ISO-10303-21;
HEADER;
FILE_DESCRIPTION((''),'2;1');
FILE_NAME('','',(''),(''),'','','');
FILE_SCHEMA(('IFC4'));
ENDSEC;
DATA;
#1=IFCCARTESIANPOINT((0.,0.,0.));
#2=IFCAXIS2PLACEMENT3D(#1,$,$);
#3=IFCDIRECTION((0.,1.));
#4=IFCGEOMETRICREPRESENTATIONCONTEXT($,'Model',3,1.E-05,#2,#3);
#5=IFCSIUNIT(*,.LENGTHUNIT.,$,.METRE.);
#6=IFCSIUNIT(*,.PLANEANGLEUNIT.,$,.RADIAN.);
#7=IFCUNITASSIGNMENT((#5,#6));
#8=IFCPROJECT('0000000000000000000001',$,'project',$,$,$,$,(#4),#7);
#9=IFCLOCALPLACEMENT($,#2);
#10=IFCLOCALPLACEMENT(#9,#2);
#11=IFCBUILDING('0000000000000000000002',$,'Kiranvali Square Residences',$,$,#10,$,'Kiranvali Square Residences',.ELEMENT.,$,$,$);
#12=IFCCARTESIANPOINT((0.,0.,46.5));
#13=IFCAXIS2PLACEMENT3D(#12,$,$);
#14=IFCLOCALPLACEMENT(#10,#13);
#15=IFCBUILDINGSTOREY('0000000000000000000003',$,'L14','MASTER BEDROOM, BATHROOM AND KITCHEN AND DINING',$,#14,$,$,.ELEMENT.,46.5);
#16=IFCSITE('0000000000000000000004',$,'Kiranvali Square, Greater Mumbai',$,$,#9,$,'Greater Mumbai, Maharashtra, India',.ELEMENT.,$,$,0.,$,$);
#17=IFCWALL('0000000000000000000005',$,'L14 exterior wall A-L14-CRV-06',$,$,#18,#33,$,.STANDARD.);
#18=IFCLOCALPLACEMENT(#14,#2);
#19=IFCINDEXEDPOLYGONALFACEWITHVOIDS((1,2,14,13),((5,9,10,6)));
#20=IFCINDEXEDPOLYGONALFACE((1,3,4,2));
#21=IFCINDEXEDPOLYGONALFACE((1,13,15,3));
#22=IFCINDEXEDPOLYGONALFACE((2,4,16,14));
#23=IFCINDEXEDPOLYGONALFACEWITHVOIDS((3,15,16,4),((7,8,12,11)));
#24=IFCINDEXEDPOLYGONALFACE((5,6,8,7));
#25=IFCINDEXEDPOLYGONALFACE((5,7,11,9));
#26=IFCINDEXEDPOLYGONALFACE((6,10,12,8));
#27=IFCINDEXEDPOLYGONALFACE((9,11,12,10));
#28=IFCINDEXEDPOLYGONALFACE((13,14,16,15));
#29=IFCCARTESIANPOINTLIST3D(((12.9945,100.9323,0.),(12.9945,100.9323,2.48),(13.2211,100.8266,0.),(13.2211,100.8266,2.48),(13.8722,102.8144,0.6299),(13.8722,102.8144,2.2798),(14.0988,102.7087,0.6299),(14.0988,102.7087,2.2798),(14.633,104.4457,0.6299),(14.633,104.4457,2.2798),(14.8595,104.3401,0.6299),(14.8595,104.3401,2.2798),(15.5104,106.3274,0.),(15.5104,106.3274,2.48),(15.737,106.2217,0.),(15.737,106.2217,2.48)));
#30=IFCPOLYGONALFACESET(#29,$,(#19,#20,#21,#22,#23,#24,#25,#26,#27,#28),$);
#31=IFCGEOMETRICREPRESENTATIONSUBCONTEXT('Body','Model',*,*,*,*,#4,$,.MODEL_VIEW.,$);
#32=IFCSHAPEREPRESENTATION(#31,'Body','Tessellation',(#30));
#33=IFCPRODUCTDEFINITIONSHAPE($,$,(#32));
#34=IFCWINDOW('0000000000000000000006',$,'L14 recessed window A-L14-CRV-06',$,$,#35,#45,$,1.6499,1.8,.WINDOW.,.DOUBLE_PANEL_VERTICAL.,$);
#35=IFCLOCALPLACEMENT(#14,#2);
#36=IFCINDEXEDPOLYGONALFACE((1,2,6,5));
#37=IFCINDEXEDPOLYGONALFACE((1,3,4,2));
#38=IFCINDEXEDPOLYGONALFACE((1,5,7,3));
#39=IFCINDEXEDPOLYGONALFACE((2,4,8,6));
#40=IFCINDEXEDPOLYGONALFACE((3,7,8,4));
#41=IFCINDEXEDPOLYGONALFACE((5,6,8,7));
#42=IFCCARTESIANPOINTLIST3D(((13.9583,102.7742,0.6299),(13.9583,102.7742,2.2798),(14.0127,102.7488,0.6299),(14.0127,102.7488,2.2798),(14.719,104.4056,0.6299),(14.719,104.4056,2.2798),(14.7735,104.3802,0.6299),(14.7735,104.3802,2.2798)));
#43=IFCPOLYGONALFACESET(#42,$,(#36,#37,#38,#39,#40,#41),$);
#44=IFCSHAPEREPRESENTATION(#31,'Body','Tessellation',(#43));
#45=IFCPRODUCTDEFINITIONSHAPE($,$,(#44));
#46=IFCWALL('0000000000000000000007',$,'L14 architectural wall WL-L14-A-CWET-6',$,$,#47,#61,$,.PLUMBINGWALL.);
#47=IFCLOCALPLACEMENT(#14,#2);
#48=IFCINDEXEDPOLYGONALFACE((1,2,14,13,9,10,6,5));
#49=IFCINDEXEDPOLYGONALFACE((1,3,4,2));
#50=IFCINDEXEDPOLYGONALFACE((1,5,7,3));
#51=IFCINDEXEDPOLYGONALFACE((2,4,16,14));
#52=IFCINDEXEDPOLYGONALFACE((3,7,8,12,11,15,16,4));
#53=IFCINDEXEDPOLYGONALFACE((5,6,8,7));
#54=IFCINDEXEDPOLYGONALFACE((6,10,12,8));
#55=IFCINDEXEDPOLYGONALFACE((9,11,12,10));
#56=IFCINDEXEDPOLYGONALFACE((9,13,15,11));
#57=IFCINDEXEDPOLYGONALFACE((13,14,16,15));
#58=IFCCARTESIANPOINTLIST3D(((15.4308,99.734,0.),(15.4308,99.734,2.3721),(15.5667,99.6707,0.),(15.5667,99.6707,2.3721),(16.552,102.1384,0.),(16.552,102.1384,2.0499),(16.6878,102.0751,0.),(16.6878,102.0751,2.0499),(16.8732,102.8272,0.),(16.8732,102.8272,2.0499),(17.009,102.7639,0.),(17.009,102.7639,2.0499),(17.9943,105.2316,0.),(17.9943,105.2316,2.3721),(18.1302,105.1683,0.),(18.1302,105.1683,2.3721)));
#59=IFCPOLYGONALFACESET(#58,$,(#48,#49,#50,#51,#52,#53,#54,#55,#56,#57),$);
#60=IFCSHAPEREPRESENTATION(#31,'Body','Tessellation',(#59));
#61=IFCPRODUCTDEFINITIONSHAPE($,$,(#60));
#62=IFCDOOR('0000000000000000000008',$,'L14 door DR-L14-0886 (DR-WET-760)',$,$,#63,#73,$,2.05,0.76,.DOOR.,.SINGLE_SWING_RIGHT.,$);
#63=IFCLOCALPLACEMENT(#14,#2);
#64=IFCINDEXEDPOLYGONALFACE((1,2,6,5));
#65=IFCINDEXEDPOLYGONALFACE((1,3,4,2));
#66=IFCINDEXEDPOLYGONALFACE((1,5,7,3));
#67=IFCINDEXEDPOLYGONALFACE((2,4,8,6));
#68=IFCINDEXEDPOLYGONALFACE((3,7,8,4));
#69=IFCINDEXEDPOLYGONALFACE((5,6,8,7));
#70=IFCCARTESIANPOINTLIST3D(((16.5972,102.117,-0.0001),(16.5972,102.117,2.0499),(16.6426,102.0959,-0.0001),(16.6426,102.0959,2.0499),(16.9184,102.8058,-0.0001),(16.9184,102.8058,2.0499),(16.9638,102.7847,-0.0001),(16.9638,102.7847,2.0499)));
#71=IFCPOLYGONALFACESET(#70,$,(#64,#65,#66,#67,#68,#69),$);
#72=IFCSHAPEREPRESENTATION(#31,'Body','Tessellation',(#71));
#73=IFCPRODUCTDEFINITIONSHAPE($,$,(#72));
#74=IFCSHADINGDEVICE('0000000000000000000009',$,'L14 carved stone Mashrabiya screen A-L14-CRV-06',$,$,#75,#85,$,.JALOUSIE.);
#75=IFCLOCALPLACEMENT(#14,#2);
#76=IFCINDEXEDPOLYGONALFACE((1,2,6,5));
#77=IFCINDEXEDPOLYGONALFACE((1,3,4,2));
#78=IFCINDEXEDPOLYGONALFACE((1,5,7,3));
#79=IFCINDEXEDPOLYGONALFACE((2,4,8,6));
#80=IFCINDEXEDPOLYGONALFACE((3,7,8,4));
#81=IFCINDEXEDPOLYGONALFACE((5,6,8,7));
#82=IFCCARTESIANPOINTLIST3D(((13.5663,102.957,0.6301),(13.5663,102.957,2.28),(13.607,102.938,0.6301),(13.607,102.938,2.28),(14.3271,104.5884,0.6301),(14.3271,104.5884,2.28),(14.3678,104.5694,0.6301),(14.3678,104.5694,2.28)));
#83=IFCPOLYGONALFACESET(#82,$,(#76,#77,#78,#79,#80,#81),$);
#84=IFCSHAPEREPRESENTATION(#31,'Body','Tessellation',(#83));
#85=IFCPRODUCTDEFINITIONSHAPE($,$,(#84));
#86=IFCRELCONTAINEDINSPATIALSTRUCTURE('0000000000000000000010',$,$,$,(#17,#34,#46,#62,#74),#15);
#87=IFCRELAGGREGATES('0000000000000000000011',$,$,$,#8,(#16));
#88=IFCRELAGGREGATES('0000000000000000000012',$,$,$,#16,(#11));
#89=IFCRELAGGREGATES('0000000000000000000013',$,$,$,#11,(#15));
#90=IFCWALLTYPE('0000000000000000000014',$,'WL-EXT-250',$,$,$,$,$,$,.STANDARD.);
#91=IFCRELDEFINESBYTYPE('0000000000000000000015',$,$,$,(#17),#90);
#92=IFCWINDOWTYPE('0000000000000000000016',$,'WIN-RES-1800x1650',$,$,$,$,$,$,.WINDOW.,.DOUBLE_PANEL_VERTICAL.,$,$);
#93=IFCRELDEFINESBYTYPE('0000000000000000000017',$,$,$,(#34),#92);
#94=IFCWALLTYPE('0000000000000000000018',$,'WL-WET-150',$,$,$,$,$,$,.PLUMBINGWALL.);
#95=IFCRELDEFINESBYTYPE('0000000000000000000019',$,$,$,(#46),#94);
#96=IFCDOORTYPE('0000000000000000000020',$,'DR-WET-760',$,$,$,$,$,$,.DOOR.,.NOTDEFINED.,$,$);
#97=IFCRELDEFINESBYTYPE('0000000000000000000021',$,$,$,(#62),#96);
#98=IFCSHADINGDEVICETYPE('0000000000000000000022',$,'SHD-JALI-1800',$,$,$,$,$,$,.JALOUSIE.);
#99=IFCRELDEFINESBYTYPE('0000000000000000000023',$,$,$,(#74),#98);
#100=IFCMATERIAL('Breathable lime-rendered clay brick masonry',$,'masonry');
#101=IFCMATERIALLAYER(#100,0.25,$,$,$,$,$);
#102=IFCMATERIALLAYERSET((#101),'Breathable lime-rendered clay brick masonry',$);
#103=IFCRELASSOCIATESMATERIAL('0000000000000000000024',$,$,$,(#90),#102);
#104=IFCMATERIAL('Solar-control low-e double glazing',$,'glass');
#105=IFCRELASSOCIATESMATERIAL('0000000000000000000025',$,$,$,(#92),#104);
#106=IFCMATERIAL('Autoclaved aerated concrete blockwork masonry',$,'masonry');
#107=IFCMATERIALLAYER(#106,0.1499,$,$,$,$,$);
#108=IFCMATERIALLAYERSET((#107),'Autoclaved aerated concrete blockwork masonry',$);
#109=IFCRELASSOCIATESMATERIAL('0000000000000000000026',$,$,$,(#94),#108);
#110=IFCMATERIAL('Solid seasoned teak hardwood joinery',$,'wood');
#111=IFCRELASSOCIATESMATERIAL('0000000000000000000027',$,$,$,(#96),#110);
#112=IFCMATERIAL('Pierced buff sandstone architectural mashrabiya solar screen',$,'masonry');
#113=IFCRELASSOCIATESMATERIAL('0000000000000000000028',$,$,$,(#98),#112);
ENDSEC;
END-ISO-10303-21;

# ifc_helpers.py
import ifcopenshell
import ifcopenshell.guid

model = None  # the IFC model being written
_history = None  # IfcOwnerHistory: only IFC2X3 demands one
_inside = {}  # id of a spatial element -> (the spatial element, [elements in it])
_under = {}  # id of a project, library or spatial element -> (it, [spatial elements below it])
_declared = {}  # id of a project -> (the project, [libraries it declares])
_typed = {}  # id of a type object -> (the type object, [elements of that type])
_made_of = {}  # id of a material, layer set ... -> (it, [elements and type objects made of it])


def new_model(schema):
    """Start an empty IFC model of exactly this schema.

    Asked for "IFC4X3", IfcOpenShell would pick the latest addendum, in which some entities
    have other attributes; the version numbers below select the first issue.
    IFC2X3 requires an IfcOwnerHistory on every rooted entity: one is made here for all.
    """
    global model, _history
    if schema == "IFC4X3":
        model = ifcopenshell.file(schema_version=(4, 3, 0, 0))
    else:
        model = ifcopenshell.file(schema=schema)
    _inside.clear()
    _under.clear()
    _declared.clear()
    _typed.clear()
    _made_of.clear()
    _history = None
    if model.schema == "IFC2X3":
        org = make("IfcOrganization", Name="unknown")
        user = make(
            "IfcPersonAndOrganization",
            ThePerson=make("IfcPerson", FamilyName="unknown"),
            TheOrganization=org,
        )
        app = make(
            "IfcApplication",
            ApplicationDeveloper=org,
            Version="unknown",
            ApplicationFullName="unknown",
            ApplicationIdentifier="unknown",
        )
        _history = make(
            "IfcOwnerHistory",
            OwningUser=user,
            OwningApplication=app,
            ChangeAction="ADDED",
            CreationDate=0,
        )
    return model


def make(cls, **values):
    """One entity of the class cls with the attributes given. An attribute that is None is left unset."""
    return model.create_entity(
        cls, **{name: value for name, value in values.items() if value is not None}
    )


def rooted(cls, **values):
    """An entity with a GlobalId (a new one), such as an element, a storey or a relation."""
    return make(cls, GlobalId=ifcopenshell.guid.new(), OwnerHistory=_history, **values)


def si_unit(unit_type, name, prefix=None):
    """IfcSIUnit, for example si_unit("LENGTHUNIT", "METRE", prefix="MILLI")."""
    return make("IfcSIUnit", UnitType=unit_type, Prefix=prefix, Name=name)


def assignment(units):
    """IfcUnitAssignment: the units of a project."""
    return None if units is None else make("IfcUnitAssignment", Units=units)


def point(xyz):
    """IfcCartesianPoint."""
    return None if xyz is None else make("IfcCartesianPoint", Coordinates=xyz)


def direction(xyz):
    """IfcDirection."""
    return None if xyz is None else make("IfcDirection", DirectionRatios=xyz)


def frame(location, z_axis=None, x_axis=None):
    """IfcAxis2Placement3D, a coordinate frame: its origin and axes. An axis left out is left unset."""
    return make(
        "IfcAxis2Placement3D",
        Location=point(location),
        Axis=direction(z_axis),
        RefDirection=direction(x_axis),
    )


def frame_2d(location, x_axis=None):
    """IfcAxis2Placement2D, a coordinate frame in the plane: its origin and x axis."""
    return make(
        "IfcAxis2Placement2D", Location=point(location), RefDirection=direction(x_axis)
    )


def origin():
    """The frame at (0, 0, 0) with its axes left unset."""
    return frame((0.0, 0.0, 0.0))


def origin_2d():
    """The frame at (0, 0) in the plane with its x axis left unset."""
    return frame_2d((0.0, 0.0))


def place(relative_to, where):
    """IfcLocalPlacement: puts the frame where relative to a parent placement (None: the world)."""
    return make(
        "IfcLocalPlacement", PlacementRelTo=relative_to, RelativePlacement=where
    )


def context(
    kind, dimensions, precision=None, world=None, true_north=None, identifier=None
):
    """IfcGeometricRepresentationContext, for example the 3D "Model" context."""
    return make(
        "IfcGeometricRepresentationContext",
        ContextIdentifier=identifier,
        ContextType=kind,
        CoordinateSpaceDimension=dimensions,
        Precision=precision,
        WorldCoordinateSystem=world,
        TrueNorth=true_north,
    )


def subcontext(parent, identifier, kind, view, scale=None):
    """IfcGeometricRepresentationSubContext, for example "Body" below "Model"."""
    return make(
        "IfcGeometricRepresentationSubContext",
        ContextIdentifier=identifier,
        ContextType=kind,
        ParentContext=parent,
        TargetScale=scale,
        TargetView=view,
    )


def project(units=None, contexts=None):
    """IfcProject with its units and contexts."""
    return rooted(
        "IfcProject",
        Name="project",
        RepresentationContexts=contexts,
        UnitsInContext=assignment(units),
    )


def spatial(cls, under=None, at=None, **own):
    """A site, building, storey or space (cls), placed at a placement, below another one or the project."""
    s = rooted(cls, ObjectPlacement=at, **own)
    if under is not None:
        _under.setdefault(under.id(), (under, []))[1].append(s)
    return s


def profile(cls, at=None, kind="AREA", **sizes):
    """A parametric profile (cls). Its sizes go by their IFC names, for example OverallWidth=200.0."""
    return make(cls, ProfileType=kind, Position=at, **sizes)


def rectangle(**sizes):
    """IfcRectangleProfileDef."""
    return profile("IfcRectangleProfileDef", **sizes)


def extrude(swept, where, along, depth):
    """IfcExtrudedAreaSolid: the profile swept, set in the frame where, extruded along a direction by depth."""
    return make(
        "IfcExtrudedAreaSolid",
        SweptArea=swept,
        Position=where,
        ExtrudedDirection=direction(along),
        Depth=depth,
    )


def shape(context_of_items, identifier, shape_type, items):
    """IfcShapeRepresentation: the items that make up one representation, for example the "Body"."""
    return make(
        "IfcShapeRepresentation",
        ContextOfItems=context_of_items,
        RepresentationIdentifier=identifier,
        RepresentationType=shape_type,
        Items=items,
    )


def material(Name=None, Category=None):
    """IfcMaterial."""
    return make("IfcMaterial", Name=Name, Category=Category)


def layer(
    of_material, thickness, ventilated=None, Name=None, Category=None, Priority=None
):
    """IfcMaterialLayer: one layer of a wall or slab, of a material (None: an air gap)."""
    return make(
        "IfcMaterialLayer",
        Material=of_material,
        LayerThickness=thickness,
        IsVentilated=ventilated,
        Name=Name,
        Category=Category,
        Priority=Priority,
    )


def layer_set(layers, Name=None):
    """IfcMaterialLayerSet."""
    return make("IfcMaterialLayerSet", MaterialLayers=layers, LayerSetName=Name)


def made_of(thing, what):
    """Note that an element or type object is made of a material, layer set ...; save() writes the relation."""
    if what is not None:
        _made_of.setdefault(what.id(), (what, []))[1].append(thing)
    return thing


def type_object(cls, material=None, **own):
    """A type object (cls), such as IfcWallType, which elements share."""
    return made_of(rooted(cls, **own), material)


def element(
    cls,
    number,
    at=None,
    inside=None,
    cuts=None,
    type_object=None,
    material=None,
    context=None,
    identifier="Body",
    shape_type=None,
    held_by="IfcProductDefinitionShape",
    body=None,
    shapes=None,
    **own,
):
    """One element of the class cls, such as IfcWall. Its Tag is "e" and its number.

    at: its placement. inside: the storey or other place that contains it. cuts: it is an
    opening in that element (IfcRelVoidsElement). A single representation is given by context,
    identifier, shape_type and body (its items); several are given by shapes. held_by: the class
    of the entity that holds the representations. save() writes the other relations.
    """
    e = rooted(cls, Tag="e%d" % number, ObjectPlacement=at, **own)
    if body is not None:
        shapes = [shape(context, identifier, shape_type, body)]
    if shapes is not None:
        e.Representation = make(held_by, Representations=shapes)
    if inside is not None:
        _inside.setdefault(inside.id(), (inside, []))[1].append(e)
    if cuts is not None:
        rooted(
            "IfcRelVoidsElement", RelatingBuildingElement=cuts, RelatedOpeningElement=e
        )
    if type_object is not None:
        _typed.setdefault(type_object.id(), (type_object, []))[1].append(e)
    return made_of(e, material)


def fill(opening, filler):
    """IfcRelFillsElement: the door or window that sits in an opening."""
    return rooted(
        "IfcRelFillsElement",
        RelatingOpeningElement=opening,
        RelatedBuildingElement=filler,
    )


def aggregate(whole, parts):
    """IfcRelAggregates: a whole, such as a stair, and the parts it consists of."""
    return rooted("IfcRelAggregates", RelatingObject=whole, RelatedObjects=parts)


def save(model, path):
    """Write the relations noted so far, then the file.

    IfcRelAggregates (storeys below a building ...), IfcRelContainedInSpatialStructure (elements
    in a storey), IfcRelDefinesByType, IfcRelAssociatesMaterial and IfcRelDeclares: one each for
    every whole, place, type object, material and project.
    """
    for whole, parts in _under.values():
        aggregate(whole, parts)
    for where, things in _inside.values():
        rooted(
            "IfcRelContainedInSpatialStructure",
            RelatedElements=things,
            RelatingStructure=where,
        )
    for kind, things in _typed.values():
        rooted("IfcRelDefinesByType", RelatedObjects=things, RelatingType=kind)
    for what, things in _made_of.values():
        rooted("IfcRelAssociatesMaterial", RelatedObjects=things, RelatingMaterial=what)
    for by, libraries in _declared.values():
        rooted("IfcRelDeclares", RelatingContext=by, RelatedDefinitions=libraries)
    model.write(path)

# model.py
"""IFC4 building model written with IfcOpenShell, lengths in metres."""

from ifc_helpers import new_model, si_unit, direction, frame, frame_2d, origin, origin_2d, place, context, subcontext, project, spatial, rectangle, extrude, material, layer, layer_set, type_object, element, fill, save


model = new_model("IFC4")

# Units and contexts
model_context = context("Model", 3, precision=1e-05, world=origin(), true_north=direction((0.0, 1.0)))
body_context = subcontext(model_context, "Body", "Model", "MODEL_VIEW")
ifc_project = project(units=[si_unit("LENGTHUNIT", "METRE"), si_unit("PLANEANGLEUNIT", "RADIAN")], contexts=[model_context])

# Site, building, storey
site_placement = place(None, origin())
site = spatial("IfcSite", under=ifc_project, at=site_placement, Name="Kiranvali Square, Greater Mumbai", LongName="Greater Mumbai, Maharashtra, India", CompositionType="ELEMENT", RefElevation=0.0)
building_placement = place(site_placement, origin())
building = spatial("IfcBuilding", under=site, at=building_placement, Name="Kiranvali Square Residences", LongName="Kiranvali Square Residences", CompositionType="ELEMENT")
storey_placement = place(building_placement, frame((0.0, 0.0, 46.5)))
storey = spatial("IfcBuildingStorey", under=building, at=storey_placement, Name="L14", Description="MASTER BEDROOM, BATHROOM AND KITCHEN AND DINING", CompositionType="ELEMENT", Elevation=46.5)

# Shared definitions
ifc_material_1 = material(Name="Solar-control low-e double glazing", Category="glass")

# Wall, opening, window
ifc_material_2 = material(Name="Breathable lime-rendered clay brick masonry", Category="masonry")
ifc_layer_1 = layer(ifc_material_2, 0.25)
ifc_layer_set_1 = layer_set([ifc_layer_1], Name="Breathable lime-rendered clay brick masonry")
wall_type_1 = type_object("IfcWallType", Name="WL-EXT-250", PredefinedType="STANDARD", material=ifc_layer_set_1)
wall_1_placement = place(storey_placement, frame((15.6238, 106.2747, 0.0), z_axis=(0.0, 0.0, 1.0), x_axis=(-0.422636, -0.906299, 0.0)))
wall_1 = element("IfcWall", 1, at=wall_1_placement, inside=storey, type_object=wall_type_1, Name="L14 exterior wall A-L14-CRV-06", PredefinedType="STANDARD", context=body_context, shape_type="SweptSolid", body=[
    extrude(rectangle(XDim=5.9529, YDim=0.25, at=frame_2d((2.9766, 0.0))), origin(), (0.0, 0.0, 1.0), 2.48),
])
opening_1_placement = place(wall_1_placement, frame((2.0764, 0.0, 0.6299)))
opening_1 = element("IfcOpeningElement", 2, at=opening_1_placement, cuts=wall_1, PredefinedType="OPENING", context=body_context, shape_type="SweptSolid", body=[
    extrude(rectangle(XDim=1.8, YDim=1.6499, at=frame_2d((0.8999, 0.825))), frame((0.0, 0.135, 0.0), z_axis=(0.0, -1.0, 0.0), x_axis=(1.0, 0.0, 0.0)), (0.0, 0.0, 1.0), 0.27),
])
window_type = type_object("IfcWindowType", Name="WIN-RES-1800x1650", PartitioningType="DOUBLE_PANEL_VERTICAL", PredefinedType="WINDOW", material=ifc_material_1)
window_placement = place(opening_1_placement, origin())
window = element("IfcWindow", 3, at=window_placement, inside=storey, type_object=window_type, Name="L14 recessed window A-L14-CRV-06", OverallHeight=1.6499, OverallWidth=1.8, PartitioningType="DOUBLE_PANEL_VERTICAL", PredefinedType="WINDOW", context=body_context, shape_type="SweptSolid", body=[
    extrude(rectangle(XDim=1.8, YDim=1.6499, at=frame_2d((0.8999, 0.825))), frame((0.0, 0.03, 0.0), z_axis=(0.0, -1.0, 0.0), x_axis=(1.0, 0.0, 0.0)), (0.0, 0.0, 1.0), 0.0601),
])
fill(opening_1, window)

# Wall, opening, door
ifc_material_3 = material(Name="Autoclaved aerated concrete blockwork masonry", Category="masonry")
ifc_layer_2 = layer(ifc_material_3, 0.1499)
ifc_layer_set_2 = layer_set([ifc_layer_2], Name="Autoclaved aerated concrete blockwork masonry")
wall_type_2 = type_object("IfcWallType", Name="WL-WET-150", PredefinedType="PLUMBINGWALL", material=ifc_layer_set_2)
wall_2_placement = place(storey_placement, frame((18.0623, 105.2, 0.0), z_axis=(0.0, 0.0, 1.0), x_axis=(-0.422608, -0.906313, 0.0)))
wall_2 = element("IfcWall", 4, at=wall_2_placement, inside=storey, type_object=wall_type_2, Name="L14 architectural wall WL-L14-A-CWET-6", PredefinedType="PLUMBINGWALL", context=body_context, shape_type="SweptSolid", body=[
    extrude(rectangle(XDim=6.0659, YDim=0.1499, at=frame_2d((3.033, 0.0))), origin(), (0.0, 0.0, 1.0), 2.3721),
])
opening_2_placement = place(wall_2_placement, frame((2.6531, 0.0, 0.0)))
opening_2 = element("IfcOpeningElement", 5, at=opening_2_placement, cuts=wall_2, PredefinedType="OPENING", context=body_context, shape_type="SweptSolid", body=[
    extrude(rectangle(XDim=0.76, YDim=2.05, at=frame_2d((0.3799, 1.0249))), frame((0.0, 0.085, 0.0), z_axis=(0.0, -1.0, 0.0), x_axis=(1.0, 0.0, 0.0)), (0.0, 0.0, 1.0), 0.1699),
])
ifc_material_4 = material(Name="Solid seasoned teak hardwood joinery", Category="wood")
door_type = type_object("IfcDoorType", Name="DR-WET-760", OperationType="NOTDEFINED", PredefinedType="DOOR", material=ifc_material_4)
door_placement = place(opening_2_placement, frame((0.76, 0.0, 0.0), z_axis=(0.0, 0.0, 1.0), x_axis=(-1.0, 0.0, 0.0)))
door = element("IfcDoor", 6, at=door_placement, inside=storey, type_object=door_type, Name="L14 door DR-L14-0886 (DR-WET-760)", OperationType="SINGLE_SWING_RIGHT", OverallHeight=2.05, OverallWidth=0.76, PredefinedType="DOOR", context=body_context, shape_type="SweptSolid", body=[
    extrude(rectangle(XDim=0.76, YDim=2.05, at=frame_2d((0.3799, 1.0249))), frame((0.0, 0.0249, 0.0), z_axis=(0.0, -1.0, 0.0), x_axis=(1.0, 0.0, 0.0)), (0.0, 0.0, 1.0), 0.05),
])
fill(opening_2, door)

# Shading device
ifc_material_5 = material(Name="Pierced buff sandstone architectural mashrabiya solar screen", Category="masonry")
shading_device_type = type_object("IfcShadingDeviceType", Name="SHD-JALI-1800", PredefinedType="JALOUSIE", material=ifc_material_5)
shading_device_placement = place(storey_placement, frame((13.967, 103.7632, 0.6301), z_axis=(0.0, 0.0, 1.0), x_axis=(-0.422618, -0.906308, 0.0)))
element("IfcShadingDevice", 7, at=shading_device_placement, inside=storey, type_object=shading_device_type, Name="L14 carved stone Mashrabiya screen A-L14-CRV-06", PredefinedType="JALOUSIE", context=body_context, shape_type="SweptSolid", body=[
    extrude(rectangle(XDim=1.8, YDim=0.0449, at=origin_2d()), origin(), (0.0, 0.0, 1.0), 1.6499),
])

save(model, "model.ifc")
